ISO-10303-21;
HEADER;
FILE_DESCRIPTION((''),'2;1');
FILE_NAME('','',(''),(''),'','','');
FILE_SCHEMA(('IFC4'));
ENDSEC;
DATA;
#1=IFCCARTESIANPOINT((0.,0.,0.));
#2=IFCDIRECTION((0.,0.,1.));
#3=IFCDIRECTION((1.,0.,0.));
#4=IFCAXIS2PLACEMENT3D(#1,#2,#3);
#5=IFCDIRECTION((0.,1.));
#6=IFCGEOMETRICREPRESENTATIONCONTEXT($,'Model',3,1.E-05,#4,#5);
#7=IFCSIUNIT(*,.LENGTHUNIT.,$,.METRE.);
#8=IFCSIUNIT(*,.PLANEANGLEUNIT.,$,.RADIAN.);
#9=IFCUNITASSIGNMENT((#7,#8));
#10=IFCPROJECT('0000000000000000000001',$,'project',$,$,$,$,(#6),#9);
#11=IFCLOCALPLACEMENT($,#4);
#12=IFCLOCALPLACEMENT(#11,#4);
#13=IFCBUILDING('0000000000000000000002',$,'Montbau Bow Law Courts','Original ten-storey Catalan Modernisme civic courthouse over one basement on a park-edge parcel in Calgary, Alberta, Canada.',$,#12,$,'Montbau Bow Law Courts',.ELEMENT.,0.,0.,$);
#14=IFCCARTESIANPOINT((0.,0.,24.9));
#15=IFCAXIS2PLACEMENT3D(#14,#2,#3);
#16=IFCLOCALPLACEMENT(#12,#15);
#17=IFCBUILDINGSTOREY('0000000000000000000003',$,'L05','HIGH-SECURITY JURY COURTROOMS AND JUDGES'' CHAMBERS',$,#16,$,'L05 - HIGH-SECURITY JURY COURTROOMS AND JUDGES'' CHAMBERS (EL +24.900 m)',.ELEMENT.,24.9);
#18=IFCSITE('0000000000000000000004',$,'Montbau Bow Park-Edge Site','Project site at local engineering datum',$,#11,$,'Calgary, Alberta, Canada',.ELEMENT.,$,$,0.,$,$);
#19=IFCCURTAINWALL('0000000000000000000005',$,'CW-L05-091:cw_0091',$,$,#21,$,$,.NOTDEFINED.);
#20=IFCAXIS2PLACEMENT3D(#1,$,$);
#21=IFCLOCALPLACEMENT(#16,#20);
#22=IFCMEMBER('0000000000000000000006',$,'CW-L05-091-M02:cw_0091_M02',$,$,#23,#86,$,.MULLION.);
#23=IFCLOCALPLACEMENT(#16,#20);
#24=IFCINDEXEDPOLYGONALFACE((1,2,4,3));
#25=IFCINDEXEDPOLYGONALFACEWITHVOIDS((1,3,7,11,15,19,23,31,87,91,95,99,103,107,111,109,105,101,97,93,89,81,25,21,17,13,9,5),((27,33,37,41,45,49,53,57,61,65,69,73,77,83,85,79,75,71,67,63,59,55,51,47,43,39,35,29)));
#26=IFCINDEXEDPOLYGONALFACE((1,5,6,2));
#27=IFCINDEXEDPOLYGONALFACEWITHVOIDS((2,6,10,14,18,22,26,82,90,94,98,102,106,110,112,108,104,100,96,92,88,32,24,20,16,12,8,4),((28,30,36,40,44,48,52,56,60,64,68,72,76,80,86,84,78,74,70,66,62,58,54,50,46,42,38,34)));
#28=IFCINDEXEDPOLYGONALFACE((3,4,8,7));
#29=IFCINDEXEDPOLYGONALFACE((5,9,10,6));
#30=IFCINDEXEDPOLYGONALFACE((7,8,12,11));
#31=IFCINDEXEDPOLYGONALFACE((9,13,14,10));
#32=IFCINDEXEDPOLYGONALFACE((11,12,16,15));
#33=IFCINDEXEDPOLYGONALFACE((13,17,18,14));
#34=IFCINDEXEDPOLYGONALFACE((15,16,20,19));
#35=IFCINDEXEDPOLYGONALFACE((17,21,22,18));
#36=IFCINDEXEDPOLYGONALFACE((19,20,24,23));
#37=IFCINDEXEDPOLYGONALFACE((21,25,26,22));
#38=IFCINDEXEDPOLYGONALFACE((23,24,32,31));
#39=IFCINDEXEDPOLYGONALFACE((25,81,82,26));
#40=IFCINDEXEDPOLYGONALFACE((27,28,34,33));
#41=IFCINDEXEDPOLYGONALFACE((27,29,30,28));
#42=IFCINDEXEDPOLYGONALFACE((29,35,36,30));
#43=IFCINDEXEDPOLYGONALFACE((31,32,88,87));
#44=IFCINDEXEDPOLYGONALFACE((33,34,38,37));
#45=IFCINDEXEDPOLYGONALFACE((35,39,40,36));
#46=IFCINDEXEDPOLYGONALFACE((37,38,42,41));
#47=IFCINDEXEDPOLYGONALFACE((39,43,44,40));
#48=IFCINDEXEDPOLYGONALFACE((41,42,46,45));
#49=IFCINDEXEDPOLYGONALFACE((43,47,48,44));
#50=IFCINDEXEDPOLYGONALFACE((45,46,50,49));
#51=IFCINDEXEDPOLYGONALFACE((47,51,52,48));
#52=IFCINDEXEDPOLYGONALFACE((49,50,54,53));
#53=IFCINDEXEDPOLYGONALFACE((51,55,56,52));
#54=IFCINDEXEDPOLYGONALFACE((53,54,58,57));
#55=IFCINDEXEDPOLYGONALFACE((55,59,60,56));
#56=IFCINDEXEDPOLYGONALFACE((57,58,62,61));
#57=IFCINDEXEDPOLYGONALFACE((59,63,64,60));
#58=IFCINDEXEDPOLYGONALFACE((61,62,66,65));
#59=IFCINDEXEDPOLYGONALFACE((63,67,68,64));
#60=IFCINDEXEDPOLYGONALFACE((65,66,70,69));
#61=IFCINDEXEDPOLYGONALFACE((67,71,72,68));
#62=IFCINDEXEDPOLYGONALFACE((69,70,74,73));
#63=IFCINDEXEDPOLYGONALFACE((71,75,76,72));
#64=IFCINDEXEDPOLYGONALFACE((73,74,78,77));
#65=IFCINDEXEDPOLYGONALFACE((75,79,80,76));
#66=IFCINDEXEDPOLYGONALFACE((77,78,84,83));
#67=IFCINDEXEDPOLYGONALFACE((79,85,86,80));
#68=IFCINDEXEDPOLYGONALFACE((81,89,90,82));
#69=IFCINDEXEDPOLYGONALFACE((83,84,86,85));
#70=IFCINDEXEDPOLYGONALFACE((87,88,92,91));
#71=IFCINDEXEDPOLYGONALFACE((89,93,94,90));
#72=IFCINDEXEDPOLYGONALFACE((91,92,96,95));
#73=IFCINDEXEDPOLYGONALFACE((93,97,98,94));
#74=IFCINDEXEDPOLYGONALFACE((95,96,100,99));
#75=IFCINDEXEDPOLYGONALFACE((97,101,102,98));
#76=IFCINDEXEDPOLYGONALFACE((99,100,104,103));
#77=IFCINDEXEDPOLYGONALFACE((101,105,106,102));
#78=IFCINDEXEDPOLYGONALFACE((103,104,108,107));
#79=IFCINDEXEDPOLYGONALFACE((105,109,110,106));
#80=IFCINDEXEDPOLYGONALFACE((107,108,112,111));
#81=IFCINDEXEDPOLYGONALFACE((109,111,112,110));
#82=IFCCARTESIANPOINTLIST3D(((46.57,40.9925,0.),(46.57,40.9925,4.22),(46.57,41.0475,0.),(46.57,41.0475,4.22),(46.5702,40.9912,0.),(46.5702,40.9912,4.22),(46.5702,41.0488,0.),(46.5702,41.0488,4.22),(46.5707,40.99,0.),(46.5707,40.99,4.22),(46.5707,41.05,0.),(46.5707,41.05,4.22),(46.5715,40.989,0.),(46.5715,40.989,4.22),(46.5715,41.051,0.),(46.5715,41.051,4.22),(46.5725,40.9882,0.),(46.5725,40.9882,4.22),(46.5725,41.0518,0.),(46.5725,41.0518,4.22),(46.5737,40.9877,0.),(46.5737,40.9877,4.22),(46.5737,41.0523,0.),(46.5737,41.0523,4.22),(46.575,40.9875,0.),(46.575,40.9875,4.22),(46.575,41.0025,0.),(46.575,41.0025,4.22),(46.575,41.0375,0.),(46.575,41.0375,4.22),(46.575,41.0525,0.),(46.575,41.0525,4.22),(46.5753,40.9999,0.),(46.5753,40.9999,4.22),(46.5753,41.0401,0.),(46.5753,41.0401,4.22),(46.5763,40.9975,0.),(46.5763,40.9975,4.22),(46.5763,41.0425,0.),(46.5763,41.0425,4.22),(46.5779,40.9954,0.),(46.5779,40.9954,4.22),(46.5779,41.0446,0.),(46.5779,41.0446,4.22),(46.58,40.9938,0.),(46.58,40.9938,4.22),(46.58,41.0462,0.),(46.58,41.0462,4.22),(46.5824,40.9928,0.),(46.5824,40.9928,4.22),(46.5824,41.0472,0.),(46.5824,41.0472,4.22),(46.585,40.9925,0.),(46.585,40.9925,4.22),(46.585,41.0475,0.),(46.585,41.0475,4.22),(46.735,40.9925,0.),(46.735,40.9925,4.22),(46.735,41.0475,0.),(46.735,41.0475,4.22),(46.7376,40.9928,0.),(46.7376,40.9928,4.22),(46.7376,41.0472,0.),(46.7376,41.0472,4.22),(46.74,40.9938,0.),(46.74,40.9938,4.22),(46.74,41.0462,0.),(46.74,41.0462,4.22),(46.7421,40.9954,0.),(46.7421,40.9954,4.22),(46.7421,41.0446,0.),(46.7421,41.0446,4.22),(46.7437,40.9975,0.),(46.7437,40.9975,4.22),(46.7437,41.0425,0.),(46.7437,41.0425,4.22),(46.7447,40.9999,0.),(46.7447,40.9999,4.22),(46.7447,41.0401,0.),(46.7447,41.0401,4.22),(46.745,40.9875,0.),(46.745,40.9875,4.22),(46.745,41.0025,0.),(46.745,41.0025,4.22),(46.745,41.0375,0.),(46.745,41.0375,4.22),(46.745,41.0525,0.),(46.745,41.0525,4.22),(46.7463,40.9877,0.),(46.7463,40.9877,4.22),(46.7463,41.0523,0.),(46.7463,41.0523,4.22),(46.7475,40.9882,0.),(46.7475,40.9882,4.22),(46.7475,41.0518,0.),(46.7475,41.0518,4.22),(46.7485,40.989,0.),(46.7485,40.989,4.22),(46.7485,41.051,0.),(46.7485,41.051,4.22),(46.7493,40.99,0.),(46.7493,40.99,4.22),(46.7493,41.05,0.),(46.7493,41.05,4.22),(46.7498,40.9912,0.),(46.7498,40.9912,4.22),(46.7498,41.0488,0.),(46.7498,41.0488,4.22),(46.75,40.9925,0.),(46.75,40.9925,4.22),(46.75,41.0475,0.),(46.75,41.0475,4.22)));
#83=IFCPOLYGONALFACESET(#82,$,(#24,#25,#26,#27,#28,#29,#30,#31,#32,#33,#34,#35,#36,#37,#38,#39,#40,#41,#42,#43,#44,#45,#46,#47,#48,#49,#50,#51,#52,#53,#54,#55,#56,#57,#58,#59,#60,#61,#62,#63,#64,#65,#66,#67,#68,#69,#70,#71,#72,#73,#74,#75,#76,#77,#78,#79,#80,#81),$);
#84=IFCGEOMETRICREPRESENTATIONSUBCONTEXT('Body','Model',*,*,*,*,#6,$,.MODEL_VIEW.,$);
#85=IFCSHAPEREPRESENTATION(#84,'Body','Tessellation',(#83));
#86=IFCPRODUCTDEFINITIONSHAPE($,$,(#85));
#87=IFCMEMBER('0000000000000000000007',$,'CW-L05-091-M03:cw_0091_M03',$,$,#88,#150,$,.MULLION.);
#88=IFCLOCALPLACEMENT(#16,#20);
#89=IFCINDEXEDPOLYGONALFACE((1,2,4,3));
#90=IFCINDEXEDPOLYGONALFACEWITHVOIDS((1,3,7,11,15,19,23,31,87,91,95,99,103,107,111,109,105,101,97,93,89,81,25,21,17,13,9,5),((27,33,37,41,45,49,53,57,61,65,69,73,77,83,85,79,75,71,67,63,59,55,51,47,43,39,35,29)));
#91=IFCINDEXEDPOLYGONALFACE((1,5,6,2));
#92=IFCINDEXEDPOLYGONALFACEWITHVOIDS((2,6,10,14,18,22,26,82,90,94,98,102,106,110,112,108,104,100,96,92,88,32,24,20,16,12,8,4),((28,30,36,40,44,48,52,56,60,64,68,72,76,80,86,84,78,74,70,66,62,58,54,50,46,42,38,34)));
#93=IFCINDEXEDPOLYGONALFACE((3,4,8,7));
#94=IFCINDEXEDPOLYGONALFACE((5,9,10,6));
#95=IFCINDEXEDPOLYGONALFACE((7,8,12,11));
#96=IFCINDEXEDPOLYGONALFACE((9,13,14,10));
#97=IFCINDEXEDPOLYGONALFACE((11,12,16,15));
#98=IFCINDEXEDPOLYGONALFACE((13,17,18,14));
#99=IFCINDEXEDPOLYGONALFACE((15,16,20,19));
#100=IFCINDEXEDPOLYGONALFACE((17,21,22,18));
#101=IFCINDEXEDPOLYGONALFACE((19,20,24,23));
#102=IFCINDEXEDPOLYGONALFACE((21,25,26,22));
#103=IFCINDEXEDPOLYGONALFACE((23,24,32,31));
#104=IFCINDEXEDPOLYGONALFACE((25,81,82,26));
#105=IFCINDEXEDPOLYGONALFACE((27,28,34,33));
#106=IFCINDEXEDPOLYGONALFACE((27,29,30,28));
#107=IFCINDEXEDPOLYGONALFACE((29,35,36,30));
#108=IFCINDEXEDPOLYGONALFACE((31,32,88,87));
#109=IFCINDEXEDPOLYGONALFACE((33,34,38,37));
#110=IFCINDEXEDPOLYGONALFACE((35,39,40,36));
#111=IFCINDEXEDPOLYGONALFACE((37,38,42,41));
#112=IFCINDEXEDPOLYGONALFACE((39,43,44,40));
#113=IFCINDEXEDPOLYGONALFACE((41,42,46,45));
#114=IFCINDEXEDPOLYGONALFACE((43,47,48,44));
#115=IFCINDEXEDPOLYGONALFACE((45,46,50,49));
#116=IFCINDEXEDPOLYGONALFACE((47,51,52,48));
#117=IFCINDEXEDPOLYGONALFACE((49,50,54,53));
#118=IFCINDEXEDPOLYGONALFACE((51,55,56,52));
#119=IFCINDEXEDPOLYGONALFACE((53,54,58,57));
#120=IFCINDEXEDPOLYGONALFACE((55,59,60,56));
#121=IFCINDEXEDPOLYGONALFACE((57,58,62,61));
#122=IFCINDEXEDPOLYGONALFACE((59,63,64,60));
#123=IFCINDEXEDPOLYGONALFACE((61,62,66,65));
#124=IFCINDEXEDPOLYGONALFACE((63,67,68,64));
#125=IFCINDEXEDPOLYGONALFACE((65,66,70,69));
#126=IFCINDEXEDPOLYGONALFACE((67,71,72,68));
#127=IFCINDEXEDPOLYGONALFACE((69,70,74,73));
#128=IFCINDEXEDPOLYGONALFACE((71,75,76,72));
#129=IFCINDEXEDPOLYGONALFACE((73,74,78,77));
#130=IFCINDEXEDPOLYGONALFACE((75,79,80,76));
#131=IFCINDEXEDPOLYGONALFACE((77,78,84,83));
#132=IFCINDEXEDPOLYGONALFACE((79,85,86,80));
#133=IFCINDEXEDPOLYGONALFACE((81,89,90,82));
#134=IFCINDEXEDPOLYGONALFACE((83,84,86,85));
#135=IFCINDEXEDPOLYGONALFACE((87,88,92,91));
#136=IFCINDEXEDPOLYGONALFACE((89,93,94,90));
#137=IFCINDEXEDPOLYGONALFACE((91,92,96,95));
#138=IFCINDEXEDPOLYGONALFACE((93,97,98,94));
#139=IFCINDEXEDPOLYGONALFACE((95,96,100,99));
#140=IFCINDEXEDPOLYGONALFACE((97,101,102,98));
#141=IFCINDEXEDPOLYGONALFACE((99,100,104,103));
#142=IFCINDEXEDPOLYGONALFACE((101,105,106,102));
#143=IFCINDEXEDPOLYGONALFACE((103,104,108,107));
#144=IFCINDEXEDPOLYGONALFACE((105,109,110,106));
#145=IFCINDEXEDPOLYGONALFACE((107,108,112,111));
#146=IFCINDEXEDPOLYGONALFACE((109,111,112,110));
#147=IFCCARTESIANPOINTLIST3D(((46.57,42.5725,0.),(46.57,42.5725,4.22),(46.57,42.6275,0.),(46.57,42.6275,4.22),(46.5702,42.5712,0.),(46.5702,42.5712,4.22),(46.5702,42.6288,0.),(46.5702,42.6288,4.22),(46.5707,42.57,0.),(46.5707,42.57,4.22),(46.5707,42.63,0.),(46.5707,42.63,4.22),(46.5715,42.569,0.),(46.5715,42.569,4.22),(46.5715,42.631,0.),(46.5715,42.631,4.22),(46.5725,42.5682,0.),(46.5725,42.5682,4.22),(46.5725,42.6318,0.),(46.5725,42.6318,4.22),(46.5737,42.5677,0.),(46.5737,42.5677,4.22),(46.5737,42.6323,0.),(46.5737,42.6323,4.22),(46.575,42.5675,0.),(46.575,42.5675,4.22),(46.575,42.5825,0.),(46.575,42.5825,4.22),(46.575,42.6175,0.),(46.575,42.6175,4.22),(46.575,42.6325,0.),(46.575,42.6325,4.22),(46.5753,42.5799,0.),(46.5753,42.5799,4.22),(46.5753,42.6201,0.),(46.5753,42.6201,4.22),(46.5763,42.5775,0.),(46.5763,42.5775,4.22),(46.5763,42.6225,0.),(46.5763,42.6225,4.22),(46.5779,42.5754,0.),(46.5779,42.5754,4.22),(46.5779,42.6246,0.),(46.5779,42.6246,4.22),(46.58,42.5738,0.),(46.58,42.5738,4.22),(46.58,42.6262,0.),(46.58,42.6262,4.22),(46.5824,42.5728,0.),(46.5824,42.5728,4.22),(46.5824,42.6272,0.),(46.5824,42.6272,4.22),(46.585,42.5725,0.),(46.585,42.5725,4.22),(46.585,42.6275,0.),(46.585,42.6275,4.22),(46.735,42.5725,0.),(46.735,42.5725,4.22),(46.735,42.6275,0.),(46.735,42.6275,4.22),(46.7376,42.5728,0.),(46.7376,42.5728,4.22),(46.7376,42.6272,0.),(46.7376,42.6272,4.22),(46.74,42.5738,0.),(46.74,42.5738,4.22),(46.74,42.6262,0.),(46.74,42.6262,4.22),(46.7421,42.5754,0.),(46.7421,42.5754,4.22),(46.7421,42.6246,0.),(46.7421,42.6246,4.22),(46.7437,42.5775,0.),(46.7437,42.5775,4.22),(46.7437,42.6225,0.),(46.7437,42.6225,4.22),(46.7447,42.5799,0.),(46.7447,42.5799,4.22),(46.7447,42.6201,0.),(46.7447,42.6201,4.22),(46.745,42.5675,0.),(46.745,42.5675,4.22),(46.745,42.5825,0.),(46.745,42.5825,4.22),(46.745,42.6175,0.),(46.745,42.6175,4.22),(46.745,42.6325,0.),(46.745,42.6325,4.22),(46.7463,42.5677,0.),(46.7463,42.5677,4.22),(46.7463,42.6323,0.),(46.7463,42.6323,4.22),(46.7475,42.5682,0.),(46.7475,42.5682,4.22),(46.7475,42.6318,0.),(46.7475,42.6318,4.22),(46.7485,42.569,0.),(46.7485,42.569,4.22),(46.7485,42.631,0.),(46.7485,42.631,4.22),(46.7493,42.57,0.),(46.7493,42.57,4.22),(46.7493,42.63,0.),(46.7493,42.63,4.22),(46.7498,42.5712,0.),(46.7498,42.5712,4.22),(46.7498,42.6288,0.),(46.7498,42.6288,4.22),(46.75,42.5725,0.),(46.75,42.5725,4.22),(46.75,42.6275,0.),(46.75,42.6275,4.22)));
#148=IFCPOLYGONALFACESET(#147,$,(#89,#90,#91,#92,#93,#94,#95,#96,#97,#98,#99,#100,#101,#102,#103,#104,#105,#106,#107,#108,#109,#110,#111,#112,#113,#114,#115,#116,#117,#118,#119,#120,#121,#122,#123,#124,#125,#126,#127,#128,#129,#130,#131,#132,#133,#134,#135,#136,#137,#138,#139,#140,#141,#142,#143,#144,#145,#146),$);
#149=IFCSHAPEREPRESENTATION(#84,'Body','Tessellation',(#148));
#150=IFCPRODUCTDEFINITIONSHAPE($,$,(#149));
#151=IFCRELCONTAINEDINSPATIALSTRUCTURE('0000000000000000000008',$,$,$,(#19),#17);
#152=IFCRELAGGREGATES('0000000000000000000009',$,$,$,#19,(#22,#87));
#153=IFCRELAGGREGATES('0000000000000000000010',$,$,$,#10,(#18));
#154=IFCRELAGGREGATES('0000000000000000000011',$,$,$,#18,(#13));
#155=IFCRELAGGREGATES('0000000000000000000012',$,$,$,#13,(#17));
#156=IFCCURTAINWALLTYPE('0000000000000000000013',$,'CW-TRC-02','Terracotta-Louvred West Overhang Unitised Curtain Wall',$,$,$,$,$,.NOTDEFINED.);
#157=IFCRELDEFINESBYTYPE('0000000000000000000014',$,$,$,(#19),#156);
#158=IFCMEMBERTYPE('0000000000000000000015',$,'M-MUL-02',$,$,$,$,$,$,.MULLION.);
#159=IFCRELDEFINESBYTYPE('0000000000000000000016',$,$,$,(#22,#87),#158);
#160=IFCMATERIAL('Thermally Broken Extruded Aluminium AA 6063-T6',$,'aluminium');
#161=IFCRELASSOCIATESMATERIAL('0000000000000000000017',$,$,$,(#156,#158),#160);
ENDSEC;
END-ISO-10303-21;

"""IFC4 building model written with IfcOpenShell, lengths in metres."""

from ifc_helpers import new_model, si_unit, direction, frame, origin_with_axes, origin_2d_with_axis, place, context, subcontext, project, spatial, hollow_rectangle, extrude, material, material_profile, profile_set, type_object, element, aggregate, save


model = new_model("IFC4")

# Units and contexts
model_context = context("Model", 3, precision=1e-05, world=origin_with_axes(), true_north=direction((0.0, 1.0)))
body_context = subcontext(model_context, "Body", "Model", "MODEL_VIEW")
ifc_project = project(units=[si_unit("LENGTHUNIT", "METRE"), si_unit("PLANEANGLEUNIT", "RADIAN")], contexts=[model_context])

# Site, building, storey
site_placement = place(None, origin_with_axes())
site = spatial("IfcSite", under=ifc_project, at=site_placement, Name="Montbau Bow Park-Edge Site", Description="Project site at local engineering datum", LongName="Calgary, Alberta, Canada", CompositionType="ELEMENT", RefElevation=0.0)
building_placement = place(site_placement, origin_with_axes())
building = spatial("IfcBuilding", under=site, at=building_placement, Name="Montbau Bow Law Courts", Description="Original ten-storey Catalan Modernisme civic courthouse over one basement on a park-edge parcel in Calgary, Alberta, Canada.", LongName="Montbau Bow Law Courts", CompositionType="ELEMENT", ElevationOfRefHeight=0.0, ElevationOfTerrain=0.0)
storey_placement = place(building_placement, frame((0.0, 0.0, 24.9), z_axis=(0.0, 0.0, 1.0), x_axis=(1.0, 0.0, 0.0)))
storey = spatial("IfcBuildingStorey", under=building, at=storey_placement, Name="L05", Description="HIGH-SECURITY JURY COURTROOMS AND JUDGES' CHAMBERS", LongName="L05 - HIGH-SECURITY JURY COURTROOMS AND JUDGES' CHAMBERS (EL +24.900 m)", CompositionType="ELEMENT", Elevation=24.9)

# Curtain wall, members
ifc_material_1 = material(Name="Thermally Broken Extruded Aluminium AA 6063-T6", Category="aluminium")
curtain_wall_type = type_object("IfcCurtainWallType", Name="CW-TRC-02", Description="Terracotta-Louvred West Overhang Unitised Curtain Wall", PredefinedType="NOTDEFINED", material=ifc_material_1)
curtain_wall_placement = place(None, frame((46.66, 39.44, 24.9), z_axis=(0.0, 0.0, 1.0), x_axis=(1.0, 0.0, 0.0)))
curtain_wall = element("IfcCurtainWall", 1, at=curtain_wall_placement, inside=storey, type_object=curtain_wall_type, Name="CW-L05-091:cw_0091", PredefinedType="NOTDEFINED")
ifc_material_profile_1 = material_profile(ifc_material_1, hollow_rectangle(XDim=0.065, YDim=0.18, WallThickness=0.005, InnerFilletRadius=0.01, OuterFilletRadius=0.005, at=origin_2d_with_axis()), Name="CWM-180X65", Category="Main", Priority=0)
ifc_profile_set_1 = profile_set([ifc_material_profile_1], Name="Thermally Broken Extruded Aluminium AA 6063-T6")
member_type_1 = type_object("IfcMemberType", Name="M-MUL-02", PredefinedType="MULLION", material=ifc_profile_set_1)
member_1_placement = place(None, frame((46.66, 41.02, 24.9), z_axis=(0.0, 0.0, 1.0), x_axis=(0.0, 1.0, 0.0)))
member_1 = element("IfcMember", 2, at=member_1_placement, type_object=member_type_1, Name="CW-L05-091-M02:cw_0091_M02", PredefinedType="MULLION", context=body_context, shape_type="SweptSolid", body=[
    extrude(hollow_rectangle(XDim=0.065, YDim=0.18, WallThickness=0.005, InnerFilletRadius=0.01, OuterFilletRadius=0.005, at=origin_2d_with_axis()), origin_with_axes(), (0.0, 0.0, 1.0), 4.22),
])
member_2_placement = place(None, frame((46.66, 42.6, 24.9), z_axis=(0.0, 0.0, 1.0), x_axis=(0.0, 1.0, 0.0)))
member_2 = element("IfcMember", 3, at=member_2_placement, type_object=member_type_1, Name="CW-L05-091-M03:cw_0091_M03", PredefinedType="MULLION", context=body_context, shape_type="SweptSolid", body=[
    extrude(hollow_rectangle(XDim=0.065, YDim=0.18, WallThickness=0.005, InnerFilletRadius=0.01, OuterFilletRadius=0.005, at=origin_2d_with_axis()), origin_with_axes(), (0.0, 0.0, 1.0), 4.22),
])
aggregate(curtain_wall, [member_1, member_2])

save(model, "model.ifc")
